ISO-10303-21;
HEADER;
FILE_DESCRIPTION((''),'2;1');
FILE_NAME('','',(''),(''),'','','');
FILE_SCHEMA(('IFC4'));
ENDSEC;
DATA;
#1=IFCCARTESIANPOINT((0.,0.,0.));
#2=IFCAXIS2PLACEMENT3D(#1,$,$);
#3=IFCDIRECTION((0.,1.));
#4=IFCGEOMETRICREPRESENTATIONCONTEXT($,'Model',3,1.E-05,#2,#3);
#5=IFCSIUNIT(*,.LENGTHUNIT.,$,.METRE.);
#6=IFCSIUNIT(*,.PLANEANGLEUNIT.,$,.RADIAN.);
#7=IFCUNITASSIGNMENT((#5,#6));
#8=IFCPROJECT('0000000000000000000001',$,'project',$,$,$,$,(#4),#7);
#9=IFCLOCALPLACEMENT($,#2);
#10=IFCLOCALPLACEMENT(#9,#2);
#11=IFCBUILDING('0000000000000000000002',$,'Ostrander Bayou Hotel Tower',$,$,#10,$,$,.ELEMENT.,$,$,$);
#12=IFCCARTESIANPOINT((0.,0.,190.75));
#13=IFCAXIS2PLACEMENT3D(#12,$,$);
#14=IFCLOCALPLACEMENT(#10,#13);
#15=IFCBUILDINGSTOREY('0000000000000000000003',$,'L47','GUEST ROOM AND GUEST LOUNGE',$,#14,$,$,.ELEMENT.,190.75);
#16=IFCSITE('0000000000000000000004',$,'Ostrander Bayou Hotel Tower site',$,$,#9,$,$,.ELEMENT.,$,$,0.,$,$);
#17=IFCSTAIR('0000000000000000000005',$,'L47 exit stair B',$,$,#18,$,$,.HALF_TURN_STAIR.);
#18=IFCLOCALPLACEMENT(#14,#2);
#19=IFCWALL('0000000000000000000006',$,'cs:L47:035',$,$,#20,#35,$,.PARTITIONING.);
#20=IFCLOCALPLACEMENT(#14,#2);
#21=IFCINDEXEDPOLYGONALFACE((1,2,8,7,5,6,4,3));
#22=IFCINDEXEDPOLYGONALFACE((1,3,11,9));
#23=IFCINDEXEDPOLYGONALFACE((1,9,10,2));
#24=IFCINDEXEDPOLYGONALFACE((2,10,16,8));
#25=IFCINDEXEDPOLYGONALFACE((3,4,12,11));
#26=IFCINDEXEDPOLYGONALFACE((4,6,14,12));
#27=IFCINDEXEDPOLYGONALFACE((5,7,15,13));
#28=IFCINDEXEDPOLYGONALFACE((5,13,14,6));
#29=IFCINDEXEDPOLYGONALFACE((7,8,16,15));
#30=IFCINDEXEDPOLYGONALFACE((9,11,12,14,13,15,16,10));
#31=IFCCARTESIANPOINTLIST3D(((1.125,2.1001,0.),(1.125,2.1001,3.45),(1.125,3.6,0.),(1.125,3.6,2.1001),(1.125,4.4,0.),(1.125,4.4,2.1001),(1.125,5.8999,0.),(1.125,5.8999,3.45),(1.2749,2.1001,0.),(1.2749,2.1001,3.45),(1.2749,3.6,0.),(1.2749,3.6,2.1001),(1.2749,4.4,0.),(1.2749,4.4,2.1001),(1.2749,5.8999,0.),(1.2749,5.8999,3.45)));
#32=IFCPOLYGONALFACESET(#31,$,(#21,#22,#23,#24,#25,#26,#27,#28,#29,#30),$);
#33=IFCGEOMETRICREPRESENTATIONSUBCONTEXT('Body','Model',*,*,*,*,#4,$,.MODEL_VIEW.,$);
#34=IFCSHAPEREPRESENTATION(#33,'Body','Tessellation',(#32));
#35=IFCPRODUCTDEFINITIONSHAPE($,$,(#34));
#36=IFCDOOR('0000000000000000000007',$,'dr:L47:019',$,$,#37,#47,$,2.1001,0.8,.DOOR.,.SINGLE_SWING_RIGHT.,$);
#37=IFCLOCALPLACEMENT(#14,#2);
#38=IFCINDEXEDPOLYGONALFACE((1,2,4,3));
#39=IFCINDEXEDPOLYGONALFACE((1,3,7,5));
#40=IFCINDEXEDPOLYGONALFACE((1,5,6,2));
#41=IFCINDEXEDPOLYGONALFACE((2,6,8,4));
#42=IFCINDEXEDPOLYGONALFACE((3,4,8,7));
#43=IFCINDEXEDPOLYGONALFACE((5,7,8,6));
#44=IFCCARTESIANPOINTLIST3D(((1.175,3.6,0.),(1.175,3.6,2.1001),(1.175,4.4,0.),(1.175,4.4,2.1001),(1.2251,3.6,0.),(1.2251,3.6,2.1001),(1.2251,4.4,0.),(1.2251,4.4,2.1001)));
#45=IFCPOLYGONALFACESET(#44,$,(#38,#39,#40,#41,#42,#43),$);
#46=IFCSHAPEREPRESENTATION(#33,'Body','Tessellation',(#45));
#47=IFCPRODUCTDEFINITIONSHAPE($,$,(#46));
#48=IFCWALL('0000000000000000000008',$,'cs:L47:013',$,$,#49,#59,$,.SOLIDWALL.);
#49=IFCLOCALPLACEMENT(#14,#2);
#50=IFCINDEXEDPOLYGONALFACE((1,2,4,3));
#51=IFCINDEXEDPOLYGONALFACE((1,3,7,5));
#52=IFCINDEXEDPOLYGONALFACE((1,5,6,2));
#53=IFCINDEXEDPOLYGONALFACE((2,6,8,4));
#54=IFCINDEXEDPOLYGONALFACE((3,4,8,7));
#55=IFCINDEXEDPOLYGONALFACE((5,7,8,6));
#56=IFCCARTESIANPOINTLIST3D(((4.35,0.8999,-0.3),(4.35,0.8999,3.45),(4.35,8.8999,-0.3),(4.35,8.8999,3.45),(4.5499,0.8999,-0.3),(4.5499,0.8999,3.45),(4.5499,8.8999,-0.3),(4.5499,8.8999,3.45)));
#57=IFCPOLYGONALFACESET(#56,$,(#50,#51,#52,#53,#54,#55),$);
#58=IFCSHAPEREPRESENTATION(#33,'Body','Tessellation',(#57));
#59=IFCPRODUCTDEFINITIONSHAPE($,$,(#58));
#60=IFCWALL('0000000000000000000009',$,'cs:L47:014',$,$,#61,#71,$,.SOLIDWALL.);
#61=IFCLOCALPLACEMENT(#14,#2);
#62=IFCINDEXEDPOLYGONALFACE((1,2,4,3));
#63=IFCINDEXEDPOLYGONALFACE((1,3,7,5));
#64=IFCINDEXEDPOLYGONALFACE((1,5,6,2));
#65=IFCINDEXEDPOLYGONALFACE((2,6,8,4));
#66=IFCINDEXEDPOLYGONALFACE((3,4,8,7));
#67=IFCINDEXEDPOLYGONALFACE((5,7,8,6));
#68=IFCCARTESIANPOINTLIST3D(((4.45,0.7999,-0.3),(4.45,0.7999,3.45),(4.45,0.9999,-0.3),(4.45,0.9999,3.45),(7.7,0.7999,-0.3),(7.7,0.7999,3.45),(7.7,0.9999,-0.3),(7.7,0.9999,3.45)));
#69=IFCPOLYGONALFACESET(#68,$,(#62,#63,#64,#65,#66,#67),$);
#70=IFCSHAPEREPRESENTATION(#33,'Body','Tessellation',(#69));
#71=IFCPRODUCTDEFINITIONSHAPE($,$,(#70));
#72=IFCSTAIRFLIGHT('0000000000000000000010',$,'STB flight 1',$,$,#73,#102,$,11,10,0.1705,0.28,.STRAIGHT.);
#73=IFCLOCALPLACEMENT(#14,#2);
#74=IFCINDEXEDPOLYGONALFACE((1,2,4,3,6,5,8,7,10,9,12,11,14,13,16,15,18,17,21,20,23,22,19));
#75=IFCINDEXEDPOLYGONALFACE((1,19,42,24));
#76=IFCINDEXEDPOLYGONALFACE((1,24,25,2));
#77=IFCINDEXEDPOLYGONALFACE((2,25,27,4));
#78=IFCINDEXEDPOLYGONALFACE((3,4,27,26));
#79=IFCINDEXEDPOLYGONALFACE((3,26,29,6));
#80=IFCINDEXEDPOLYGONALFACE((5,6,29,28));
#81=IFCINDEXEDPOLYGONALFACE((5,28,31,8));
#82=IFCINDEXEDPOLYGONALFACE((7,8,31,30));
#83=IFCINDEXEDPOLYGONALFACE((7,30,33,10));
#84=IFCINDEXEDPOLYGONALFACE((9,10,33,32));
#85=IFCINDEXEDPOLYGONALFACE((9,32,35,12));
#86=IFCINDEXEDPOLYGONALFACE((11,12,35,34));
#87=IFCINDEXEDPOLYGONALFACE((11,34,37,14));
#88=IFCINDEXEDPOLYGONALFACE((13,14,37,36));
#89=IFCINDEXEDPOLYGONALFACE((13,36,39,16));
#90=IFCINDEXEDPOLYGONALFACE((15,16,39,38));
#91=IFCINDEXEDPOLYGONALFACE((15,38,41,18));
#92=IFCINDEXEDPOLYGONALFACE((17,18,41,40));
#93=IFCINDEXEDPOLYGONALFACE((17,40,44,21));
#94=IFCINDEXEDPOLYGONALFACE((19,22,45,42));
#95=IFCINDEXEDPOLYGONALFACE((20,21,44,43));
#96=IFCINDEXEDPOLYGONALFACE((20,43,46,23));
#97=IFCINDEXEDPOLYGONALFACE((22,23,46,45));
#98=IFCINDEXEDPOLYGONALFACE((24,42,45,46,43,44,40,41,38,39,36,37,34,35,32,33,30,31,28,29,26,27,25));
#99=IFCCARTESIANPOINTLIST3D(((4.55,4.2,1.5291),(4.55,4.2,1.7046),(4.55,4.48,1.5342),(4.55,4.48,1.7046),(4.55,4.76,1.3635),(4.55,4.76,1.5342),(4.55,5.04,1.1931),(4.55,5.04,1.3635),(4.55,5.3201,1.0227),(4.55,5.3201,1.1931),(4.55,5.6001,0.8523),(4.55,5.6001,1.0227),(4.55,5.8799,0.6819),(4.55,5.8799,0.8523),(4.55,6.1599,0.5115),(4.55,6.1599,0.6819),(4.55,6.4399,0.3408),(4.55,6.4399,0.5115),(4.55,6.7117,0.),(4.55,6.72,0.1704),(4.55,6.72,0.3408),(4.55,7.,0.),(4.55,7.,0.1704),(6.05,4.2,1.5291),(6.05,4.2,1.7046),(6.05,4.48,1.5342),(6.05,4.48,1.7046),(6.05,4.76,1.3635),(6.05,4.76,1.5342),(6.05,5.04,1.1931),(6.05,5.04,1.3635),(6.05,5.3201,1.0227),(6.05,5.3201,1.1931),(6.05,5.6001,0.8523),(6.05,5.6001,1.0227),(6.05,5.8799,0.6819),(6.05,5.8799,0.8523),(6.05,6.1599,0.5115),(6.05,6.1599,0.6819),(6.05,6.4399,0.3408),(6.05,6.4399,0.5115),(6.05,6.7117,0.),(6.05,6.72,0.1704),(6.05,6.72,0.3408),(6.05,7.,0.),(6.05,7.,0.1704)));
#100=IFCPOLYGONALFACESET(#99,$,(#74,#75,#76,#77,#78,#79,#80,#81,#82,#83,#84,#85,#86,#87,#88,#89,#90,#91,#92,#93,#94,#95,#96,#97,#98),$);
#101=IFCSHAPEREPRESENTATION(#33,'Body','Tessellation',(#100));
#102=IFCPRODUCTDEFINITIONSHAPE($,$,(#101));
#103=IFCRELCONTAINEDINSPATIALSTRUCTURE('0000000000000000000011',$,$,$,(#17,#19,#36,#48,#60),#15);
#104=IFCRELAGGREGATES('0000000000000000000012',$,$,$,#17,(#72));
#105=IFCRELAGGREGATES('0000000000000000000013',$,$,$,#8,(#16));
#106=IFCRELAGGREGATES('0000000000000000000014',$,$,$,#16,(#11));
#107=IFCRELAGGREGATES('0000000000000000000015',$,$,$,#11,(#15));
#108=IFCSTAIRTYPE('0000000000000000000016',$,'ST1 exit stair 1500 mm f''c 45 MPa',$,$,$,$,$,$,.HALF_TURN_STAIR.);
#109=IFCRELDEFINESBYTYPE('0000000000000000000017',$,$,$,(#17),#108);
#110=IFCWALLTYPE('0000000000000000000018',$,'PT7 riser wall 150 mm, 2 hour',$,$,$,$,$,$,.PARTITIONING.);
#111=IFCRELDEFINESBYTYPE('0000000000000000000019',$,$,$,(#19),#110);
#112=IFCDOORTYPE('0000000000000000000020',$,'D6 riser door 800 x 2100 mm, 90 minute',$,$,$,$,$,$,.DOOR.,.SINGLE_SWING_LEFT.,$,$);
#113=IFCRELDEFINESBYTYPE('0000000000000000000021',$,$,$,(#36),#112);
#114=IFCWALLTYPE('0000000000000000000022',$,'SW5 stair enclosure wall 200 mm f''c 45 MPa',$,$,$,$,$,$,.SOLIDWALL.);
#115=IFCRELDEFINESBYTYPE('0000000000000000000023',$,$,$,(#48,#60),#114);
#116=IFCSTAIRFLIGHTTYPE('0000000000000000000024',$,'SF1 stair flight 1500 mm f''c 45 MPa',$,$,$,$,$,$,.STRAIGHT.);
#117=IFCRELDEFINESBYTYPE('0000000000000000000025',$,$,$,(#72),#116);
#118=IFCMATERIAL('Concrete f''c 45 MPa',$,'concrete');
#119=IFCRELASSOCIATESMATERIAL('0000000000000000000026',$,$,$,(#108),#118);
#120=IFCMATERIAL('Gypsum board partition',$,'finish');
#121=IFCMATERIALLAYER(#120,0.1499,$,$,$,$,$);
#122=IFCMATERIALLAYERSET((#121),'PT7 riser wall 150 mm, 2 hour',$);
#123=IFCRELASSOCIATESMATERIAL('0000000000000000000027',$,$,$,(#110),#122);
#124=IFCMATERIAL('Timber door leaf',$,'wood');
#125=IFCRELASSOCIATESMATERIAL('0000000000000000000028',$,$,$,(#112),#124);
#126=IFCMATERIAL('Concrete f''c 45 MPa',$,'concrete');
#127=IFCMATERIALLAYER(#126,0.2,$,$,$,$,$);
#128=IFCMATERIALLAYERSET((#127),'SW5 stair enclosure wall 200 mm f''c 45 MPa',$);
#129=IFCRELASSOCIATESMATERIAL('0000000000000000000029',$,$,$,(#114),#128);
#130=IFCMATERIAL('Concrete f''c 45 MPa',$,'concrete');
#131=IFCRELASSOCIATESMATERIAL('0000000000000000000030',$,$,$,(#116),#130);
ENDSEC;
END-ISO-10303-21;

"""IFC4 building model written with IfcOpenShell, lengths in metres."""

from ifc_helpers import new_model, si_unit, direction, frame, frame_2d, origin, place, context, subcontext, project, spatial, polyline, rectangle, outline, extrude, material, layer, layer_set, type_object, element, fill, aggregate, save


model = new_model("IFC4")

# Units and contexts
model_context = context("Model", 3, precision=1e-05, world=origin(), true_north=direction((0.0, 1.0)))
body_context = subcontext(model_context, "Body", "Model", "MODEL_VIEW")
ifc_project = project(units=[si_unit("LENGTHUNIT", "METRE"), si_unit("PLANEANGLEUNIT", "RADIAN")], contexts=[model_context])

# Site, building, storey
site_placement = place(None, origin())
site = spatial("IfcSite", under=ifc_project, at=site_placement, Name="Ostrander Bayou Hotel Tower site", CompositionType="ELEMENT", RefElevation=0.0)
building_placement = place(site_placement, origin())
building = spatial("IfcBuilding", under=site, at=building_placement, Name="Ostrander Bayou Hotel Tower", CompositionType="ELEMENT")
storey_placement = place(building_placement, frame((0.0, 0.0, 190.75)))
storey = spatial("IfcBuildingStorey", under=building, at=storey_placement, Name="L47", Description="GUEST ROOM AND GUEST LOUNGE", CompositionType="ELEMENT", Elevation=190.75)

# Stair
ifc_material_1 = material(Name="Concrete f'c 45 MPa", Category="concrete")
stair_type = type_object("IfcStairType", Name="ST1 exit stair 1500 mm f'c 45 MPa", PredefinedType="HALF_TURN_STAIR", material=ifc_material_1)
stair_1_placement = place(storey_placement, origin())
stair_1 = element("IfcStair", 1, at=stair_1_placement, inside=storey, type_object=stair_type, Name="L47 exit stair B", PredefinedType="HALF_TURN_STAIR")

# Wall, opening, door
ifc_material_2 = material(Name="Gypsum board partition", Category="finish")
ifc_layer_1 = layer(ifc_material_2, 0.1499)
ifc_layer_set_1 = layer_set([ifc_layer_1], Name="PT7 riser wall 150 mm, 2 hour")
wall_type_1 = type_object("IfcWallType", Name="PT7 riser wall 150 mm, 2 hour", PredefinedType="PARTITIONING", material=ifc_layer_set_1)
wall_1_placement = place(storey_placement, frame((1.2, 2.1001, 0.0), z_axis=(0.0, 0.0, 1.0), x_axis=(0.0, 1.0, 0.0)))
wall_1 = element("IfcWall", 2, at=wall_1_placement, inside=storey, type_object=wall_type_1, Name="cs:L47:035", PredefinedType="PARTITIONING", context=body_context, shape_type="SweptSolid", body=[
    extrude(rectangle(XDim=3.7998, YDim=0.1499, at=frame_2d((1.8999, 0.0))), origin(), (0.0, 0.0, 1.0), 3.45),
])
opening_1_placement = place(wall_1_placement, frame((1.5, 0.0, 0.0)))
opening_1 = element("IfcOpeningElement", 3, at=opening_1_placement, cuts=wall_1, PredefinedType="OPENING", context=body_context, shape_type="SweptSolid", body=[
    extrude(rectangle(XDim=0.8, YDim=2.1001, at=frame_2d((0.3999, 1.05))), frame((0.0, 0.075, 0.0), z_axis=(0.0, -1.0, 0.0), x_axis=(1.0, 0.0, 0.0)), (0.0, 0.0, 1.0), 0.1499),
])
ifc_material_3 = material(Name="Timber door leaf", Category="wood")
door_type_1 = type_object("IfcDoorType", Name="D6 riser door 800 x 2100 mm, 90 minute", OperationType="SINGLE_SWING_LEFT", PredefinedType="DOOR", material=ifc_material_3)
door_1_placement = place(opening_1_placement, origin())
door_1 = element("IfcDoor", 4, at=door_1_placement, inside=storey, type_object=door_type_1, Name="dr:L47:019", OperationType="SINGLE_SWING_RIGHT", OverallHeight=2.1001, OverallWidth=0.8, PredefinedType="DOOR", context=body_context, shape_type="SweptSolid", body=[
    extrude(rectangle(XDim=0.8, YDim=2.1001, at=frame_2d((0.3999, 1.05))), frame((0.0, 0.0249, 0.0), z_axis=(0.0, -1.0, 0.0), x_axis=(1.0, 0.0, 0.0)), (0.0, 0.0, 1.0), 0.05),
])
fill(opening_1, door_1)

# Walls
ifc_material_4 = material(Name="Concrete f'c 45 MPa", Category="concrete")
ifc_layer_2 = layer(ifc_material_4, 0.2)
ifc_layer_set_2 = layer_set([ifc_layer_2], Name="SW5 stair enclosure wall 200 mm f'c 45 MPa")
wall_type_2 = type_object("IfcWallType", Name="SW5 stair enclosure wall 200 mm f'c 45 MPa", PredefinedType="SOLIDWALL", material=ifc_layer_set_2)
wall_2_placement = place(storey_placement, frame((4.45, 0.8999, -0.3), z_axis=(0.0, 0.0, 1.0), x_axis=(0.0, 1.0, 0.0)))
element("IfcWall", 5, at=wall_2_placement, inside=storey, type_object=wall_type_2, Name="cs:L47:013", PredefinedType="SOLIDWALL", context=body_context, shape_type="SweptSolid", body=[
    extrude(rectangle(XDim=8.0, YDim=0.2, at=frame_2d((4.0, 0.0))), origin(), (0.0, 0.0, 1.0), 3.75),
])
wall_3_placement = place(storey_placement, frame((4.45, 0.8999, -0.3), z_axis=(0.0, 0.0, 1.0), x_axis=(1.0, 0.0, 0.0)))
element("IfcWall", 6, at=wall_3_placement, inside=storey, type_object=wall_type_2, Name="cs:L47:014", PredefinedType="SOLIDWALL", context=body_context, shape_type="SweptSolid", body=[
    extrude(rectangle(XDim=3.25, YDim=0.2, at=frame_2d((1.625, 0.0))), origin(), (0.0, 0.0, 1.0), 3.75),
])

# Stair flight
ifc_material_5 = material(Name="Concrete f'c 45 MPa", Category="concrete")
stair_flight_type = type_object("IfcStairFlightType", Name="SF1 stair flight 1500 mm f'c 45 MPa", PredefinedType="STRAIGHT", material=ifc_material_5)
stair_flight_placement = place(storey_placement, frame((5.3, 7.0, 0.0), z_axis=(0.0, 0.0, 1.0), x_axis=(0.0, -1.0, 0.0)))
stair_flight = element("IfcStairFlight", 7, at=stair_flight_placement, type_object=stair_flight_type, Name="STB flight 1", NumberOfRisers=11, NumberOfTreads=10, PredefinedType="STRAIGHT", RiserHeight=0.1705, TreadLength=0.28, context=body_context, shape_type="SweptSolid", body=[
    extrude(outline(polyline([(0.0, 0.0), (0.0, 0.1704), (0.28, 0.1704), (0.28, 0.3408), (0.5601, 0.3408), (0.5601, 0.5115), (0.8401, 0.5115), (0.8401, 0.6819), (1.1201, 0.6819), (1.1201, 0.8523), (1.3999, 0.8523), (1.3999, 1.0227), (1.6799, 1.0227), (1.6799, 1.1931), (1.96, 1.1931), (1.96, 1.3635), (2.24, 1.3635), (2.24, 1.5342), (2.52, 1.5342), (2.52, 1.7046), (2.8, 1.7046), (2.8, 1.875), (2.8, 1.5291), (0.2883, 0.0), (0.0, 0.0)])), frame((0.0, 0.75, 0.0), z_axis=(0.0, -1.0, 0.0), x_axis=(1.0, 0.0, 0.0)), (0.0, 0.0, 1.0), 1.5),
])
aggregate(stair_1, [stair_flight])

save(model, "model.ifc")
